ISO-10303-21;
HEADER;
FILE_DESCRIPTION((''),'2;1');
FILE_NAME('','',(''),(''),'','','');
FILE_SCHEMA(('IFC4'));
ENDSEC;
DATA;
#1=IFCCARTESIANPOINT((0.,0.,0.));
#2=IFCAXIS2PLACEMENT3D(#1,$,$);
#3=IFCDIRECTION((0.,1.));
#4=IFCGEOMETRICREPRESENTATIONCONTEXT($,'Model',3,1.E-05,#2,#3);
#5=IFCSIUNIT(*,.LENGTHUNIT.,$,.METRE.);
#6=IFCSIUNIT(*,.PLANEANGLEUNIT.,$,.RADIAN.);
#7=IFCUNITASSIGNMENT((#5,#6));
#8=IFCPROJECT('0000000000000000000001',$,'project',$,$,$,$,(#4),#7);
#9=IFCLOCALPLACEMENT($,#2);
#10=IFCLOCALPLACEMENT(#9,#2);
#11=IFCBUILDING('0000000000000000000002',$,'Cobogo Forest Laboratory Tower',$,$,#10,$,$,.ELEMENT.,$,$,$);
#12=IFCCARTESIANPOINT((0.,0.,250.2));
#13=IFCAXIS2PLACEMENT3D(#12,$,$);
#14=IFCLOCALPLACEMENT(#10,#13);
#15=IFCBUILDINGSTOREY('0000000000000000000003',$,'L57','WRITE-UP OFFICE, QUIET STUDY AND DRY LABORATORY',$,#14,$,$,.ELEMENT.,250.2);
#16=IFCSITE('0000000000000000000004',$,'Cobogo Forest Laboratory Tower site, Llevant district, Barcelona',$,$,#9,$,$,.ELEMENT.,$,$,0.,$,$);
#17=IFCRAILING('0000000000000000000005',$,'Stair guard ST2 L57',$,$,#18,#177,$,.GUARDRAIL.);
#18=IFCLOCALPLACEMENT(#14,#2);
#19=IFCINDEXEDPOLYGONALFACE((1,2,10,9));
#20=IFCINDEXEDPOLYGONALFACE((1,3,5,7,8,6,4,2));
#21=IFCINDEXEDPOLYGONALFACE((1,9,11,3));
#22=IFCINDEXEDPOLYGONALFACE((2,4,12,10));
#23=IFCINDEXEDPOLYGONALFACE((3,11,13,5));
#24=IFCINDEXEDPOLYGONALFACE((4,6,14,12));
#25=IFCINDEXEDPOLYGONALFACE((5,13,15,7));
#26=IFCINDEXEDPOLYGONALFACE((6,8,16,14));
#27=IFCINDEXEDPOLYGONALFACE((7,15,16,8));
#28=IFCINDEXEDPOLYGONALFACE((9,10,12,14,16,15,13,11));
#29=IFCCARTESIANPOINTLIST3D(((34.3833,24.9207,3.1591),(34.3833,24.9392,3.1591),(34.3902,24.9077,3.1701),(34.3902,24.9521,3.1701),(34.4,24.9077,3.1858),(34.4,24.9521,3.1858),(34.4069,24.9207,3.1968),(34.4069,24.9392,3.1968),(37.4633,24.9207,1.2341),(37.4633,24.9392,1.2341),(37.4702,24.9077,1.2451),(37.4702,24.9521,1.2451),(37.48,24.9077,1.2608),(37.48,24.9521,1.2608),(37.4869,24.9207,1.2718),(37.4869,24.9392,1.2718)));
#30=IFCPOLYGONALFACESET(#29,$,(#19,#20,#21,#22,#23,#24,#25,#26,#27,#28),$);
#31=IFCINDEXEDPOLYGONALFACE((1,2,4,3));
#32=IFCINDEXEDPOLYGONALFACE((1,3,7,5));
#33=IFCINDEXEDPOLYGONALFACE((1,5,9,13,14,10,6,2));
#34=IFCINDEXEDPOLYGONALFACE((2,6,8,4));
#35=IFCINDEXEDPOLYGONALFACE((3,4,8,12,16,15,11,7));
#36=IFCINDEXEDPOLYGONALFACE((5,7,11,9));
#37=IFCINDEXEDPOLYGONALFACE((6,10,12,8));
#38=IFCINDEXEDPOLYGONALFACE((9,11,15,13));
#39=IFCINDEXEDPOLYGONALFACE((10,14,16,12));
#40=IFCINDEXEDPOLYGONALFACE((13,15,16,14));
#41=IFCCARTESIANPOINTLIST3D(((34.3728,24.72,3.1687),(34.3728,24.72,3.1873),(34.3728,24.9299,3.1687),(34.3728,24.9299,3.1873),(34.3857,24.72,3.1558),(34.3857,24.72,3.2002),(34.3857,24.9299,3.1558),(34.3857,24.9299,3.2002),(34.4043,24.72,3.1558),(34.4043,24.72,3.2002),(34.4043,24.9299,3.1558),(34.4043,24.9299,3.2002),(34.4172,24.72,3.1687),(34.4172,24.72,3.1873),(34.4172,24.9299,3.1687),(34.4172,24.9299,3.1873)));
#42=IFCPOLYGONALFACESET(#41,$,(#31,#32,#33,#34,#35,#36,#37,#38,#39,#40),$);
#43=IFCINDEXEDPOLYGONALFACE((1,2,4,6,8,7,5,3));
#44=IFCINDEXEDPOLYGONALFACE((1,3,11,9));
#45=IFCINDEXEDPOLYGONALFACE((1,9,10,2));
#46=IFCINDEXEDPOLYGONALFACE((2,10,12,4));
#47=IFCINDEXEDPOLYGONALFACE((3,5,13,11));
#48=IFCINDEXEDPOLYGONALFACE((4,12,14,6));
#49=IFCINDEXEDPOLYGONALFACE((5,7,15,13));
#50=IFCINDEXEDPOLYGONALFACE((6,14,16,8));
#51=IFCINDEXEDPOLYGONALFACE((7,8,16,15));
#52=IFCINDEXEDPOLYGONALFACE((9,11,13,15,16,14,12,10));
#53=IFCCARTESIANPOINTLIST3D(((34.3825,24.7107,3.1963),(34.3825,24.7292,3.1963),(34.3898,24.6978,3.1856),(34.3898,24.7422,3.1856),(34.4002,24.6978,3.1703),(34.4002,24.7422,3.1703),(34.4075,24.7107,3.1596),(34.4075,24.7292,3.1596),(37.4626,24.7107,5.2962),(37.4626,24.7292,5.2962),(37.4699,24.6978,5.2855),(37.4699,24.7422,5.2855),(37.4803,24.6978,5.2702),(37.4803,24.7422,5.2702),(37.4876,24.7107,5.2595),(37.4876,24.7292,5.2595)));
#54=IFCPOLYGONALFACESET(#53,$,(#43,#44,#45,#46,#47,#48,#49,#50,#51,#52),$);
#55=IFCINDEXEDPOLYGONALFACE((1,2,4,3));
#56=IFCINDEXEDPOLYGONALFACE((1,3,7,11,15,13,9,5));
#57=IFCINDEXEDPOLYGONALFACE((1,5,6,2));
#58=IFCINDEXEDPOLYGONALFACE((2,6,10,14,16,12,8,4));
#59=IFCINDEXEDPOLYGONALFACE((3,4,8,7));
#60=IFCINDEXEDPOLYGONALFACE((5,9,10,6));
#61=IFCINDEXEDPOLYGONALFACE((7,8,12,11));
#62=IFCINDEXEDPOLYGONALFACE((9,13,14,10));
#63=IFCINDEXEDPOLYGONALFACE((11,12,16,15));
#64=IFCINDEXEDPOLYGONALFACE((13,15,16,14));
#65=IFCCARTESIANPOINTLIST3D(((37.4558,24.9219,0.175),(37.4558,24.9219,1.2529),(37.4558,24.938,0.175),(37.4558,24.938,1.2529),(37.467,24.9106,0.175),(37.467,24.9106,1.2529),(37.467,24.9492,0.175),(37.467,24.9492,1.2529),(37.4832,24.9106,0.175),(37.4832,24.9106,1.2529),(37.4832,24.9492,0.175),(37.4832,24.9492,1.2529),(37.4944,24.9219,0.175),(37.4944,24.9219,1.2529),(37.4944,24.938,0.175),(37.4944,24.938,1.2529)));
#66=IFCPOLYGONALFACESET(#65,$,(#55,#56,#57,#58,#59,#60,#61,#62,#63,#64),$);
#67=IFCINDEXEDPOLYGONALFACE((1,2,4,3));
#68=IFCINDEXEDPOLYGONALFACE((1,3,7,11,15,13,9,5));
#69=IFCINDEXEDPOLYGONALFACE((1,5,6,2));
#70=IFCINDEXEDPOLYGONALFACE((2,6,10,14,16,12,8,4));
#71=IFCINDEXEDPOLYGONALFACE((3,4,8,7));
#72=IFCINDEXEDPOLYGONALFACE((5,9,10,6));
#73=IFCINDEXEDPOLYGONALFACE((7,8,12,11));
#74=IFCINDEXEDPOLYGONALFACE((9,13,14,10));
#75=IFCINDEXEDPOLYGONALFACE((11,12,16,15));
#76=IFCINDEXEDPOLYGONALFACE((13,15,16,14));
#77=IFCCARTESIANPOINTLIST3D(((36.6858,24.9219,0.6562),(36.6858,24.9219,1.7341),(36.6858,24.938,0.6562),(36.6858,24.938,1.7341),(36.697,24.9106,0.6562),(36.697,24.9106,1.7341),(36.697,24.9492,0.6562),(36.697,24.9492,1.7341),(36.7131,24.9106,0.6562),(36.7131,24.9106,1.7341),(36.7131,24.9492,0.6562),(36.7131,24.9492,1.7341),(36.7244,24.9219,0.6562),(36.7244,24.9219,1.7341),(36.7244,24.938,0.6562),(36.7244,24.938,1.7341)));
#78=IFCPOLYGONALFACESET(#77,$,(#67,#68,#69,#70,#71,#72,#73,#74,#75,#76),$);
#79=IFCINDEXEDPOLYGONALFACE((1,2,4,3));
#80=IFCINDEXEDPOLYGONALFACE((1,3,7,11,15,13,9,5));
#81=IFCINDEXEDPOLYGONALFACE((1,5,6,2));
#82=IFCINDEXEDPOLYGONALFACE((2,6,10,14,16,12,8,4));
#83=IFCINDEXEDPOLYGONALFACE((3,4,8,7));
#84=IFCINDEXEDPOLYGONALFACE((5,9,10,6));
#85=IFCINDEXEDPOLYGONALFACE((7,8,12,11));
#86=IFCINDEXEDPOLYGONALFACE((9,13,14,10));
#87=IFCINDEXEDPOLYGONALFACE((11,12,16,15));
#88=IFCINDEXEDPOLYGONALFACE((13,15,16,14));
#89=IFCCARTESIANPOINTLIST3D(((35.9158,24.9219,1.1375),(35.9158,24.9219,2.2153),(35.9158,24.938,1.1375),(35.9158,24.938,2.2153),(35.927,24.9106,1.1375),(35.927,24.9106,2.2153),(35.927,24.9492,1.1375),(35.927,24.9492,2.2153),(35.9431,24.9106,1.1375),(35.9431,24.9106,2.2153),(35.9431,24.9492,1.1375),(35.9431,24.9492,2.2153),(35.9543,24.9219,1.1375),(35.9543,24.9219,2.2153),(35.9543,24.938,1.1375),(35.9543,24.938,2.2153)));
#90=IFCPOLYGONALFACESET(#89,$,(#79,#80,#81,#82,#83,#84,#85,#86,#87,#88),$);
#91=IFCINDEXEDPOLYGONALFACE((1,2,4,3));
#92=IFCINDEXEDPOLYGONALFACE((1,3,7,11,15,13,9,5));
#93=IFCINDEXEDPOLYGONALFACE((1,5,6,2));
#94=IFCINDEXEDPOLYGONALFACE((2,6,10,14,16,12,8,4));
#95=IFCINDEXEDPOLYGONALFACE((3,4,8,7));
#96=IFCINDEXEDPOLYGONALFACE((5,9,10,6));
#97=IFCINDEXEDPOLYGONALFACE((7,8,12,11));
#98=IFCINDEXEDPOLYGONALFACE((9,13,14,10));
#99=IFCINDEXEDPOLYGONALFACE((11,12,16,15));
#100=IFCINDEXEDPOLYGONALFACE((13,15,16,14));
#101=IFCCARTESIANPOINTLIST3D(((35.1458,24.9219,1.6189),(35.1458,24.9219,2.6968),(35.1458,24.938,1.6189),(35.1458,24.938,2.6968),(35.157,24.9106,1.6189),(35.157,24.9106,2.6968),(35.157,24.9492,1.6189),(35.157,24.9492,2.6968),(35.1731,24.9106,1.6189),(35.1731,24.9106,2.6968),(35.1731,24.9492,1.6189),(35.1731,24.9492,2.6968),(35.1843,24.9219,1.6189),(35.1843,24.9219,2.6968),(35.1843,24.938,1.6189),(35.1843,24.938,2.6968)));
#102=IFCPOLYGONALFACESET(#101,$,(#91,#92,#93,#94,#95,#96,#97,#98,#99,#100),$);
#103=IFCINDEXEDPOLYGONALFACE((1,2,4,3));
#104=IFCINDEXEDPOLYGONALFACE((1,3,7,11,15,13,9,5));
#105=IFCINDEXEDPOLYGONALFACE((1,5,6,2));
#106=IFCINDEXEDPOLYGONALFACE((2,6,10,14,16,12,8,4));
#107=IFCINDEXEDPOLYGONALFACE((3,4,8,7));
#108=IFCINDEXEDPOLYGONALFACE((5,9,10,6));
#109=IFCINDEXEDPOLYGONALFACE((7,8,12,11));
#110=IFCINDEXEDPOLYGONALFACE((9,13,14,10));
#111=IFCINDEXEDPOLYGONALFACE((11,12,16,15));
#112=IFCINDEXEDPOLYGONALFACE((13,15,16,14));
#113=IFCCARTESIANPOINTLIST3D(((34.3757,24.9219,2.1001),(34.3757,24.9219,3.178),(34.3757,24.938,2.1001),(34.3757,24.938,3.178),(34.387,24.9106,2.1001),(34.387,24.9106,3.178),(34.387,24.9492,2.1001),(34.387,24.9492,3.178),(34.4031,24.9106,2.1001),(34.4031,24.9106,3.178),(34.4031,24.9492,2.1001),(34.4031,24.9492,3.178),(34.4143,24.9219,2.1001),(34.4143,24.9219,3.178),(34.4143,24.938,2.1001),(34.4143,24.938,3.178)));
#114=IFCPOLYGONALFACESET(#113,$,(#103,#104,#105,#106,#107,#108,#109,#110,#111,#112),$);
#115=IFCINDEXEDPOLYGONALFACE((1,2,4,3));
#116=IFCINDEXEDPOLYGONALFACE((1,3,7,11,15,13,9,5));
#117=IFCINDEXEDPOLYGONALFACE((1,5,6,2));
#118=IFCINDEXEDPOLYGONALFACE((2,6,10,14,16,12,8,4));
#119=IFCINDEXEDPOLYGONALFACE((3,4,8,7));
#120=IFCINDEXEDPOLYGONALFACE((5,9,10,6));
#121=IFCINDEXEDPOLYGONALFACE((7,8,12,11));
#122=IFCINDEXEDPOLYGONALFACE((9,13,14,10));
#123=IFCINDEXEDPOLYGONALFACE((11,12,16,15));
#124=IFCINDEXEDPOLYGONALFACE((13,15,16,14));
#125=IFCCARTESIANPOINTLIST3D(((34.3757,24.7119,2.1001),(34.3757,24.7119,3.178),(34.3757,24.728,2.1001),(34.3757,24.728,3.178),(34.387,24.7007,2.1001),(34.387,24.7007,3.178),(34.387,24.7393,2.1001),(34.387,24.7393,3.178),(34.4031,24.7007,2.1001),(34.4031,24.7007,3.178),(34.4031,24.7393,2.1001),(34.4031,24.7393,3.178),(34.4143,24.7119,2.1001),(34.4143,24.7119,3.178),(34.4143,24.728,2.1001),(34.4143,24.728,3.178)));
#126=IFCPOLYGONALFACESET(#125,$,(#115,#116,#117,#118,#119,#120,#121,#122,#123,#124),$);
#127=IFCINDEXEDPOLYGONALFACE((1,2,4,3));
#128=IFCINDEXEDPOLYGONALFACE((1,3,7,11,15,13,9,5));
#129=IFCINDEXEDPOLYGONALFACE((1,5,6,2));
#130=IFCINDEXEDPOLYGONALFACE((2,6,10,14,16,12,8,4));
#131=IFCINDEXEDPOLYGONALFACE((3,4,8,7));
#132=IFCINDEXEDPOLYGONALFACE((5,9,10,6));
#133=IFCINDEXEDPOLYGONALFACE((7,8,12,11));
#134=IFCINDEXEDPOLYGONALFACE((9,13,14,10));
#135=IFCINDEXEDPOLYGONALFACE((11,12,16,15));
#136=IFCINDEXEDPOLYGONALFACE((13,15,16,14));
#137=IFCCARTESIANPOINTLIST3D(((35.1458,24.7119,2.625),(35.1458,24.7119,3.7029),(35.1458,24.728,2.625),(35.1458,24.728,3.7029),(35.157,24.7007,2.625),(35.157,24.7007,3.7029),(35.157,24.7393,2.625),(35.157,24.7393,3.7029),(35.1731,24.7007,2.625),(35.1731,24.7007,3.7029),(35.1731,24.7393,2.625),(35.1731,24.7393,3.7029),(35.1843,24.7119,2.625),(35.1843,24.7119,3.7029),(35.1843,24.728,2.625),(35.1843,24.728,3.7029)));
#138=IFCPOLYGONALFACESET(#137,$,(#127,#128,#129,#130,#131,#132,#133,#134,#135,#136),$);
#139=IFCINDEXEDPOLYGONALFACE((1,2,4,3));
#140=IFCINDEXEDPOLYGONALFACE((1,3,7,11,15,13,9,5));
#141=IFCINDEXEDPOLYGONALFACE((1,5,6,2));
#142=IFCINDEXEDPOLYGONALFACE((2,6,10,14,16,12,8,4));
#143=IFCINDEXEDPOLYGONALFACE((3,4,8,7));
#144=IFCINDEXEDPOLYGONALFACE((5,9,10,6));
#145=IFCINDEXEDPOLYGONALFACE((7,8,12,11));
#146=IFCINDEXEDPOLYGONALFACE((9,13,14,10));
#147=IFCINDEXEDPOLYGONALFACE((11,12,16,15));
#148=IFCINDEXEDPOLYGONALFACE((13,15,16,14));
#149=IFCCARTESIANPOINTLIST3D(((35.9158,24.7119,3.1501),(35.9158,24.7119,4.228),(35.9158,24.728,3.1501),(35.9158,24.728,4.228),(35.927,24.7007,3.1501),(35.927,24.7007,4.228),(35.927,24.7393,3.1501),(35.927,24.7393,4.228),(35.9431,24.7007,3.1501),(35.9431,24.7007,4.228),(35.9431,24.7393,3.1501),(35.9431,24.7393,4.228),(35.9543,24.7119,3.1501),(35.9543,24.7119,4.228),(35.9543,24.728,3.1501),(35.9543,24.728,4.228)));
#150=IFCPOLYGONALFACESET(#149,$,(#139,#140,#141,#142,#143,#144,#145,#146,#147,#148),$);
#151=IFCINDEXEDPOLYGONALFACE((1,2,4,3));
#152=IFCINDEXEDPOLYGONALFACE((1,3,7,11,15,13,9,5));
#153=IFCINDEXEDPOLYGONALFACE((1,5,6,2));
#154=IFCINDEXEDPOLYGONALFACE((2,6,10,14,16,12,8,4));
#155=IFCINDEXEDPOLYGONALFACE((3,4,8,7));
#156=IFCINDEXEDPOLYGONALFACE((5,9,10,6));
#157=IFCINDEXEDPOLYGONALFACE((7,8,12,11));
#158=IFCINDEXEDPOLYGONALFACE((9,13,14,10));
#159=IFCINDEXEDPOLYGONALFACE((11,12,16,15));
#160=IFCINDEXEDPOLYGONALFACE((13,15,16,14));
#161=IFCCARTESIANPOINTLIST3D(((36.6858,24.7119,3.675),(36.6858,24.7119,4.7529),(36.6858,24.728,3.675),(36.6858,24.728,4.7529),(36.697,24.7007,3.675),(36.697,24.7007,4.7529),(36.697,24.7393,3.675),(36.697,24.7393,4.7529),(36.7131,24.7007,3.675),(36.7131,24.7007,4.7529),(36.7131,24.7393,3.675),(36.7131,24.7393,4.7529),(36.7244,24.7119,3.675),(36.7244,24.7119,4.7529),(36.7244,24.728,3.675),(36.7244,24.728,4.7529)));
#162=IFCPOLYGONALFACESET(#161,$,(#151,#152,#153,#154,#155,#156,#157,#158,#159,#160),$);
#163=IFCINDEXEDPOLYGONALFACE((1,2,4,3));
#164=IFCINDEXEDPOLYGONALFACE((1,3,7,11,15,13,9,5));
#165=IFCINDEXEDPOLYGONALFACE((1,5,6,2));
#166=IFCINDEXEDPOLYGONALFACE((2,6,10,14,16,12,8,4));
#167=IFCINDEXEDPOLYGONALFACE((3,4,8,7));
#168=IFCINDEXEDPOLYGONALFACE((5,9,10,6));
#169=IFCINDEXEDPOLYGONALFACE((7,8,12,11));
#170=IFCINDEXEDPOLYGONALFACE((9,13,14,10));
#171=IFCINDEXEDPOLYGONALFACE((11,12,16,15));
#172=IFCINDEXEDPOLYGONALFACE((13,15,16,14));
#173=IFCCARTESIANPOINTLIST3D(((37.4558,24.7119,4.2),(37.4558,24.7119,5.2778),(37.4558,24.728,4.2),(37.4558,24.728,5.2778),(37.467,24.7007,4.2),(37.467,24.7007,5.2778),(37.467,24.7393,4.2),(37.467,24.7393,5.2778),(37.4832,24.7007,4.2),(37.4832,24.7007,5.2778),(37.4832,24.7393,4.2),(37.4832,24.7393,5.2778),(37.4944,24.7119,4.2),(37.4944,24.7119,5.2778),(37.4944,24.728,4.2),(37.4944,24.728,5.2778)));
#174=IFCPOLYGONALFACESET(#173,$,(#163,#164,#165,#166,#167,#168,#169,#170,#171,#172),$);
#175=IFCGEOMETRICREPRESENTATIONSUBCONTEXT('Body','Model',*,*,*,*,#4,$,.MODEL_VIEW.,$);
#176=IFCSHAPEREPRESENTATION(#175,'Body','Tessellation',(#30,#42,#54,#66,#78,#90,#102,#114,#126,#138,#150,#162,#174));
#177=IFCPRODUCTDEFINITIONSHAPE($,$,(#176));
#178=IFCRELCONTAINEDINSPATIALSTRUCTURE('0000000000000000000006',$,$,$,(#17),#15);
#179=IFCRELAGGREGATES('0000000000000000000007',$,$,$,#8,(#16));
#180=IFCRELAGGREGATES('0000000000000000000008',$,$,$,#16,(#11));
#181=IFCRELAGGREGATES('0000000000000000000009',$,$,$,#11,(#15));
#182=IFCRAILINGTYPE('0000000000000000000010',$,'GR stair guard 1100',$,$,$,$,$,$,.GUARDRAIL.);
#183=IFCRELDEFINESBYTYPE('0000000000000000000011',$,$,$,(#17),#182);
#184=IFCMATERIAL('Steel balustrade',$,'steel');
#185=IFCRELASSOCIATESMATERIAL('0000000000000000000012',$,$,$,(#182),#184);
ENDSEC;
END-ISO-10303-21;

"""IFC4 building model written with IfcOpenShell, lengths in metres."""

from ifc_helpers import new_model, si_unit, direction, frame, origin, place, context, subcontext, project, spatial, polyline, outline, extrude, material, type_object, element, save


model = new_model("IFC4")

# Units and contexts
model_context = context("Model", 3, precision=1e-05, world=origin(), true_north=direction((0.0, 1.0)))
body_context = subcontext(model_context, "Body", "Model", "MODEL_VIEW")
ifc_project = project(units=[si_unit("LENGTHUNIT", "METRE"), si_unit("PLANEANGLEUNIT", "RADIAN")], contexts=[model_context])

# Site, building, storey
site_placement = place(None, origin())
site = spatial("IfcSite", under=ifc_project, at=site_placement, Name="Cobogo Forest Laboratory Tower site, Llevant district, Barcelona", CompositionType="ELEMENT", RefElevation=0.0)
building_placement = place(site_placement, origin())
building = spatial("IfcBuilding", under=site, at=building_placement, Name="Cobogo Forest Laboratory Tower", CompositionType="ELEMENT")
storey_placement = place(building_placement, frame((0.0, 0.0, 250.2)))
storey = spatial("IfcBuildingStorey", under=building, at=storey_placement, Name="L57", Description="WRITE-UP OFFICE, QUIET STUDY AND DRY LABORATORY", CompositionType="ELEMENT", Elevation=250.2)

# Railing
ifc_material_1 = material(Name="Steel balustrade", Category="steel")
railing_type_1 = type_object("IfcRailingType", Name="GR stair guard 1100", PredefinedType="GUARDRAIL", material=ifc_material_1)
railing_1_placement = place(storey_placement, frame((37.4751, 24.9299, 0.175)))
element("IfcRailing", 1, at=railing_1_placement, inside=storey, type_object=railing_type_1, Name="Stair guard ST2 L57", PredefinedType="GUARDRAIL", context=body_context, shape_type="SweptSolid", body=[
    extrude(outline(polyline([(0.0222, 0.0093), (0.0093, 0.0222), (-0.0093, 0.0222), (-0.0222, 0.0093), (-0.0222, -0.0093), (-0.0093, -0.0222), (0.0093, -0.0222), (0.0222, -0.0093), (0.0222, 0.0093)])), frame((0.0, 0.0, 1.0779), z_axis=(-0.847998, 0.0, 0.529999), x_axis=(0.0, -1.0, 0.0)), (0.0, 0.0, 1.0), 3.6321),
    extrude(outline(polyline([(0.0222, 0.0093), (0.0093, 0.0222), (-0.0093, 0.0222), (-0.0222, 0.0093), (-0.0222, -0.0093), (-0.0093, -0.0222), (0.0093, -0.0222), (0.0222, -0.0093), (0.0222, 0.0093)])), frame((-3.0801, 0.0, 3.0029), z_axis=(0.0, -1.0, 0.0), x_axis=(1.0, 0.0, 0.0)), (0.0, 0.0, 1.0), 0.21),
    extrude(outline(polyline([(0.0222, 0.0093), (0.0093, 0.0222), (-0.0093, 0.0222), (-0.0222, 0.0093), (-0.0222, -0.0093), (-0.0093, -0.0222), (0.0093, -0.0222), (0.0222, -0.0093), (0.0222, 0.0093)])), frame((-3.0801, -0.21, 3.0029), z_axis=(0.826252, 0.0, 0.5633), x_axis=(0.0, 1.0, 0.0)), (0.0, 0.0, 1.0), 3.7278),
    extrude(outline(polyline([(0.0193, 0.0081), (0.0081, 0.0193), (-0.0081, 0.0193), (-0.0193, 0.0081), (-0.0193, -0.0081), (-0.0081, -0.0193), (0.0081, -0.0193), (0.0193, -0.0081), (0.0193, 0.0081)])), origin(), (0.0, 0.0, 1.0), 1.0779),
    extrude(outline(polyline([(0.0193, 0.0081), (0.0081, 0.0193), (-0.0081, 0.0193), (-0.0193, 0.0081), (-0.0193, -0.0081), (-0.0081, -0.0193), (0.0081, -0.0193), (0.0193, -0.0081), (0.0193, 0.0081)])), frame((-0.77, 0.0, 0.4812)), (0.0, 0.0, 1.0), 1.0779),
    extrude(outline(polyline([(0.0193, 0.0081), (0.0081, 0.0193), (-0.0081, 0.0193), (-0.0193, 0.0081), (-0.0193, -0.0081), (-0.0081, -0.0193), (0.0081, -0.0193), (0.0193, -0.0081), (0.0193, 0.0081)])), frame((-1.54, 0.0, 0.9624)), (0.0, 0.0, 1.0), 1.0779),
    extrude(outline(polyline([(0.0193, 0.0081), (0.0081, 0.0193), (-0.0081, 0.0193), (-0.0193, 0.0081), (-0.0193, -0.0081), (-0.0081, -0.0193), (0.0081, -0.0193), (0.0193, -0.0081), (0.0193, 0.0081)])), frame((-2.3101, 0.0, 1.4438)), (0.0, 0.0, 1.0), 1.0779),
    extrude(outline(polyline([(0.0193, 0.0081), (0.0081, 0.0193), (-0.0081, 0.0193), (-0.0193, 0.0081), (-0.0193, -0.0081), (-0.0081, -0.0193), (0.0081, -0.0193), (0.0193, -0.0081), (0.0193, 0.0081)])), frame((-3.0801, 0.0, 1.925)), (0.0, 0.0, 1.0), 1.0779),
    extrude(outline(polyline([(0.0193, 0.0081), (0.0081, 0.0193), (-0.0081, 0.0193), (-0.0193, 0.0081), (-0.0193, -0.0081), (-0.0081, -0.0193), (0.0081, -0.0193), (0.0193, -0.0081), (0.0193, 0.0081)])), frame((-3.0801, -0.21, 1.925)), (0.0, 0.0, 1.0), 1.0779),
    extrude(outline(polyline([(0.0193, 0.0081), (0.0081, 0.0193), (-0.0081, 0.0193), (-0.0193, 0.0081), (-0.0193, -0.0081), (-0.0081, -0.0193), (0.0081, -0.0193), (0.0193, -0.0081), (0.0193, 0.0081)])), frame((-2.3101, -0.21, 2.45)), (0.0, 0.0, 1.0), 1.0779),
    extrude(outline(polyline([(0.0193, 0.0081), (0.0081, 0.0193), (-0.0081, 0.0193), (-0.0193, 0.0081), (-0.0193, -0.0081), (-0.0081, -0.0193), (0.0081, -0.0193), (0.0193, -0.0081), (0.0193, 0.0081)])), frame((-1.54, -0.21, 2.9751)), (0.0, 0.0, 1.0), 1.0779),
    extrude(outline(polyline([(0.0193, 0.0081), (0.0081, 0.0193), (-0.0081, 0.0193), (-0.0193, 0.0081), (-0.0193, -0.0081), (-0.0081, -0.0193), (0.0081, -0.0193), (0.0193, -0.0081), (0.0193, 0.0081)])), frame((-0.77, -0.21, 3.5)), (0.0, 0.0, 1.0), 1.0779),
    extrude(outline(polyline([(0.0193, 0.0081), (0.0081, 0.0193), (-0.0081, 0.0193), (-0.0193, 0.0081), (-0.0193, -0.0081), (-0.0081, -0.0193), (0.0081, -0.0193), (0.0193, -0.0081), (0.0193, 0.0081)])), frame((0.0, -0.21, 4.0249)), (0.0, 0.0, 1.0), 1.0779),
])

save(model, "model.ifc")
